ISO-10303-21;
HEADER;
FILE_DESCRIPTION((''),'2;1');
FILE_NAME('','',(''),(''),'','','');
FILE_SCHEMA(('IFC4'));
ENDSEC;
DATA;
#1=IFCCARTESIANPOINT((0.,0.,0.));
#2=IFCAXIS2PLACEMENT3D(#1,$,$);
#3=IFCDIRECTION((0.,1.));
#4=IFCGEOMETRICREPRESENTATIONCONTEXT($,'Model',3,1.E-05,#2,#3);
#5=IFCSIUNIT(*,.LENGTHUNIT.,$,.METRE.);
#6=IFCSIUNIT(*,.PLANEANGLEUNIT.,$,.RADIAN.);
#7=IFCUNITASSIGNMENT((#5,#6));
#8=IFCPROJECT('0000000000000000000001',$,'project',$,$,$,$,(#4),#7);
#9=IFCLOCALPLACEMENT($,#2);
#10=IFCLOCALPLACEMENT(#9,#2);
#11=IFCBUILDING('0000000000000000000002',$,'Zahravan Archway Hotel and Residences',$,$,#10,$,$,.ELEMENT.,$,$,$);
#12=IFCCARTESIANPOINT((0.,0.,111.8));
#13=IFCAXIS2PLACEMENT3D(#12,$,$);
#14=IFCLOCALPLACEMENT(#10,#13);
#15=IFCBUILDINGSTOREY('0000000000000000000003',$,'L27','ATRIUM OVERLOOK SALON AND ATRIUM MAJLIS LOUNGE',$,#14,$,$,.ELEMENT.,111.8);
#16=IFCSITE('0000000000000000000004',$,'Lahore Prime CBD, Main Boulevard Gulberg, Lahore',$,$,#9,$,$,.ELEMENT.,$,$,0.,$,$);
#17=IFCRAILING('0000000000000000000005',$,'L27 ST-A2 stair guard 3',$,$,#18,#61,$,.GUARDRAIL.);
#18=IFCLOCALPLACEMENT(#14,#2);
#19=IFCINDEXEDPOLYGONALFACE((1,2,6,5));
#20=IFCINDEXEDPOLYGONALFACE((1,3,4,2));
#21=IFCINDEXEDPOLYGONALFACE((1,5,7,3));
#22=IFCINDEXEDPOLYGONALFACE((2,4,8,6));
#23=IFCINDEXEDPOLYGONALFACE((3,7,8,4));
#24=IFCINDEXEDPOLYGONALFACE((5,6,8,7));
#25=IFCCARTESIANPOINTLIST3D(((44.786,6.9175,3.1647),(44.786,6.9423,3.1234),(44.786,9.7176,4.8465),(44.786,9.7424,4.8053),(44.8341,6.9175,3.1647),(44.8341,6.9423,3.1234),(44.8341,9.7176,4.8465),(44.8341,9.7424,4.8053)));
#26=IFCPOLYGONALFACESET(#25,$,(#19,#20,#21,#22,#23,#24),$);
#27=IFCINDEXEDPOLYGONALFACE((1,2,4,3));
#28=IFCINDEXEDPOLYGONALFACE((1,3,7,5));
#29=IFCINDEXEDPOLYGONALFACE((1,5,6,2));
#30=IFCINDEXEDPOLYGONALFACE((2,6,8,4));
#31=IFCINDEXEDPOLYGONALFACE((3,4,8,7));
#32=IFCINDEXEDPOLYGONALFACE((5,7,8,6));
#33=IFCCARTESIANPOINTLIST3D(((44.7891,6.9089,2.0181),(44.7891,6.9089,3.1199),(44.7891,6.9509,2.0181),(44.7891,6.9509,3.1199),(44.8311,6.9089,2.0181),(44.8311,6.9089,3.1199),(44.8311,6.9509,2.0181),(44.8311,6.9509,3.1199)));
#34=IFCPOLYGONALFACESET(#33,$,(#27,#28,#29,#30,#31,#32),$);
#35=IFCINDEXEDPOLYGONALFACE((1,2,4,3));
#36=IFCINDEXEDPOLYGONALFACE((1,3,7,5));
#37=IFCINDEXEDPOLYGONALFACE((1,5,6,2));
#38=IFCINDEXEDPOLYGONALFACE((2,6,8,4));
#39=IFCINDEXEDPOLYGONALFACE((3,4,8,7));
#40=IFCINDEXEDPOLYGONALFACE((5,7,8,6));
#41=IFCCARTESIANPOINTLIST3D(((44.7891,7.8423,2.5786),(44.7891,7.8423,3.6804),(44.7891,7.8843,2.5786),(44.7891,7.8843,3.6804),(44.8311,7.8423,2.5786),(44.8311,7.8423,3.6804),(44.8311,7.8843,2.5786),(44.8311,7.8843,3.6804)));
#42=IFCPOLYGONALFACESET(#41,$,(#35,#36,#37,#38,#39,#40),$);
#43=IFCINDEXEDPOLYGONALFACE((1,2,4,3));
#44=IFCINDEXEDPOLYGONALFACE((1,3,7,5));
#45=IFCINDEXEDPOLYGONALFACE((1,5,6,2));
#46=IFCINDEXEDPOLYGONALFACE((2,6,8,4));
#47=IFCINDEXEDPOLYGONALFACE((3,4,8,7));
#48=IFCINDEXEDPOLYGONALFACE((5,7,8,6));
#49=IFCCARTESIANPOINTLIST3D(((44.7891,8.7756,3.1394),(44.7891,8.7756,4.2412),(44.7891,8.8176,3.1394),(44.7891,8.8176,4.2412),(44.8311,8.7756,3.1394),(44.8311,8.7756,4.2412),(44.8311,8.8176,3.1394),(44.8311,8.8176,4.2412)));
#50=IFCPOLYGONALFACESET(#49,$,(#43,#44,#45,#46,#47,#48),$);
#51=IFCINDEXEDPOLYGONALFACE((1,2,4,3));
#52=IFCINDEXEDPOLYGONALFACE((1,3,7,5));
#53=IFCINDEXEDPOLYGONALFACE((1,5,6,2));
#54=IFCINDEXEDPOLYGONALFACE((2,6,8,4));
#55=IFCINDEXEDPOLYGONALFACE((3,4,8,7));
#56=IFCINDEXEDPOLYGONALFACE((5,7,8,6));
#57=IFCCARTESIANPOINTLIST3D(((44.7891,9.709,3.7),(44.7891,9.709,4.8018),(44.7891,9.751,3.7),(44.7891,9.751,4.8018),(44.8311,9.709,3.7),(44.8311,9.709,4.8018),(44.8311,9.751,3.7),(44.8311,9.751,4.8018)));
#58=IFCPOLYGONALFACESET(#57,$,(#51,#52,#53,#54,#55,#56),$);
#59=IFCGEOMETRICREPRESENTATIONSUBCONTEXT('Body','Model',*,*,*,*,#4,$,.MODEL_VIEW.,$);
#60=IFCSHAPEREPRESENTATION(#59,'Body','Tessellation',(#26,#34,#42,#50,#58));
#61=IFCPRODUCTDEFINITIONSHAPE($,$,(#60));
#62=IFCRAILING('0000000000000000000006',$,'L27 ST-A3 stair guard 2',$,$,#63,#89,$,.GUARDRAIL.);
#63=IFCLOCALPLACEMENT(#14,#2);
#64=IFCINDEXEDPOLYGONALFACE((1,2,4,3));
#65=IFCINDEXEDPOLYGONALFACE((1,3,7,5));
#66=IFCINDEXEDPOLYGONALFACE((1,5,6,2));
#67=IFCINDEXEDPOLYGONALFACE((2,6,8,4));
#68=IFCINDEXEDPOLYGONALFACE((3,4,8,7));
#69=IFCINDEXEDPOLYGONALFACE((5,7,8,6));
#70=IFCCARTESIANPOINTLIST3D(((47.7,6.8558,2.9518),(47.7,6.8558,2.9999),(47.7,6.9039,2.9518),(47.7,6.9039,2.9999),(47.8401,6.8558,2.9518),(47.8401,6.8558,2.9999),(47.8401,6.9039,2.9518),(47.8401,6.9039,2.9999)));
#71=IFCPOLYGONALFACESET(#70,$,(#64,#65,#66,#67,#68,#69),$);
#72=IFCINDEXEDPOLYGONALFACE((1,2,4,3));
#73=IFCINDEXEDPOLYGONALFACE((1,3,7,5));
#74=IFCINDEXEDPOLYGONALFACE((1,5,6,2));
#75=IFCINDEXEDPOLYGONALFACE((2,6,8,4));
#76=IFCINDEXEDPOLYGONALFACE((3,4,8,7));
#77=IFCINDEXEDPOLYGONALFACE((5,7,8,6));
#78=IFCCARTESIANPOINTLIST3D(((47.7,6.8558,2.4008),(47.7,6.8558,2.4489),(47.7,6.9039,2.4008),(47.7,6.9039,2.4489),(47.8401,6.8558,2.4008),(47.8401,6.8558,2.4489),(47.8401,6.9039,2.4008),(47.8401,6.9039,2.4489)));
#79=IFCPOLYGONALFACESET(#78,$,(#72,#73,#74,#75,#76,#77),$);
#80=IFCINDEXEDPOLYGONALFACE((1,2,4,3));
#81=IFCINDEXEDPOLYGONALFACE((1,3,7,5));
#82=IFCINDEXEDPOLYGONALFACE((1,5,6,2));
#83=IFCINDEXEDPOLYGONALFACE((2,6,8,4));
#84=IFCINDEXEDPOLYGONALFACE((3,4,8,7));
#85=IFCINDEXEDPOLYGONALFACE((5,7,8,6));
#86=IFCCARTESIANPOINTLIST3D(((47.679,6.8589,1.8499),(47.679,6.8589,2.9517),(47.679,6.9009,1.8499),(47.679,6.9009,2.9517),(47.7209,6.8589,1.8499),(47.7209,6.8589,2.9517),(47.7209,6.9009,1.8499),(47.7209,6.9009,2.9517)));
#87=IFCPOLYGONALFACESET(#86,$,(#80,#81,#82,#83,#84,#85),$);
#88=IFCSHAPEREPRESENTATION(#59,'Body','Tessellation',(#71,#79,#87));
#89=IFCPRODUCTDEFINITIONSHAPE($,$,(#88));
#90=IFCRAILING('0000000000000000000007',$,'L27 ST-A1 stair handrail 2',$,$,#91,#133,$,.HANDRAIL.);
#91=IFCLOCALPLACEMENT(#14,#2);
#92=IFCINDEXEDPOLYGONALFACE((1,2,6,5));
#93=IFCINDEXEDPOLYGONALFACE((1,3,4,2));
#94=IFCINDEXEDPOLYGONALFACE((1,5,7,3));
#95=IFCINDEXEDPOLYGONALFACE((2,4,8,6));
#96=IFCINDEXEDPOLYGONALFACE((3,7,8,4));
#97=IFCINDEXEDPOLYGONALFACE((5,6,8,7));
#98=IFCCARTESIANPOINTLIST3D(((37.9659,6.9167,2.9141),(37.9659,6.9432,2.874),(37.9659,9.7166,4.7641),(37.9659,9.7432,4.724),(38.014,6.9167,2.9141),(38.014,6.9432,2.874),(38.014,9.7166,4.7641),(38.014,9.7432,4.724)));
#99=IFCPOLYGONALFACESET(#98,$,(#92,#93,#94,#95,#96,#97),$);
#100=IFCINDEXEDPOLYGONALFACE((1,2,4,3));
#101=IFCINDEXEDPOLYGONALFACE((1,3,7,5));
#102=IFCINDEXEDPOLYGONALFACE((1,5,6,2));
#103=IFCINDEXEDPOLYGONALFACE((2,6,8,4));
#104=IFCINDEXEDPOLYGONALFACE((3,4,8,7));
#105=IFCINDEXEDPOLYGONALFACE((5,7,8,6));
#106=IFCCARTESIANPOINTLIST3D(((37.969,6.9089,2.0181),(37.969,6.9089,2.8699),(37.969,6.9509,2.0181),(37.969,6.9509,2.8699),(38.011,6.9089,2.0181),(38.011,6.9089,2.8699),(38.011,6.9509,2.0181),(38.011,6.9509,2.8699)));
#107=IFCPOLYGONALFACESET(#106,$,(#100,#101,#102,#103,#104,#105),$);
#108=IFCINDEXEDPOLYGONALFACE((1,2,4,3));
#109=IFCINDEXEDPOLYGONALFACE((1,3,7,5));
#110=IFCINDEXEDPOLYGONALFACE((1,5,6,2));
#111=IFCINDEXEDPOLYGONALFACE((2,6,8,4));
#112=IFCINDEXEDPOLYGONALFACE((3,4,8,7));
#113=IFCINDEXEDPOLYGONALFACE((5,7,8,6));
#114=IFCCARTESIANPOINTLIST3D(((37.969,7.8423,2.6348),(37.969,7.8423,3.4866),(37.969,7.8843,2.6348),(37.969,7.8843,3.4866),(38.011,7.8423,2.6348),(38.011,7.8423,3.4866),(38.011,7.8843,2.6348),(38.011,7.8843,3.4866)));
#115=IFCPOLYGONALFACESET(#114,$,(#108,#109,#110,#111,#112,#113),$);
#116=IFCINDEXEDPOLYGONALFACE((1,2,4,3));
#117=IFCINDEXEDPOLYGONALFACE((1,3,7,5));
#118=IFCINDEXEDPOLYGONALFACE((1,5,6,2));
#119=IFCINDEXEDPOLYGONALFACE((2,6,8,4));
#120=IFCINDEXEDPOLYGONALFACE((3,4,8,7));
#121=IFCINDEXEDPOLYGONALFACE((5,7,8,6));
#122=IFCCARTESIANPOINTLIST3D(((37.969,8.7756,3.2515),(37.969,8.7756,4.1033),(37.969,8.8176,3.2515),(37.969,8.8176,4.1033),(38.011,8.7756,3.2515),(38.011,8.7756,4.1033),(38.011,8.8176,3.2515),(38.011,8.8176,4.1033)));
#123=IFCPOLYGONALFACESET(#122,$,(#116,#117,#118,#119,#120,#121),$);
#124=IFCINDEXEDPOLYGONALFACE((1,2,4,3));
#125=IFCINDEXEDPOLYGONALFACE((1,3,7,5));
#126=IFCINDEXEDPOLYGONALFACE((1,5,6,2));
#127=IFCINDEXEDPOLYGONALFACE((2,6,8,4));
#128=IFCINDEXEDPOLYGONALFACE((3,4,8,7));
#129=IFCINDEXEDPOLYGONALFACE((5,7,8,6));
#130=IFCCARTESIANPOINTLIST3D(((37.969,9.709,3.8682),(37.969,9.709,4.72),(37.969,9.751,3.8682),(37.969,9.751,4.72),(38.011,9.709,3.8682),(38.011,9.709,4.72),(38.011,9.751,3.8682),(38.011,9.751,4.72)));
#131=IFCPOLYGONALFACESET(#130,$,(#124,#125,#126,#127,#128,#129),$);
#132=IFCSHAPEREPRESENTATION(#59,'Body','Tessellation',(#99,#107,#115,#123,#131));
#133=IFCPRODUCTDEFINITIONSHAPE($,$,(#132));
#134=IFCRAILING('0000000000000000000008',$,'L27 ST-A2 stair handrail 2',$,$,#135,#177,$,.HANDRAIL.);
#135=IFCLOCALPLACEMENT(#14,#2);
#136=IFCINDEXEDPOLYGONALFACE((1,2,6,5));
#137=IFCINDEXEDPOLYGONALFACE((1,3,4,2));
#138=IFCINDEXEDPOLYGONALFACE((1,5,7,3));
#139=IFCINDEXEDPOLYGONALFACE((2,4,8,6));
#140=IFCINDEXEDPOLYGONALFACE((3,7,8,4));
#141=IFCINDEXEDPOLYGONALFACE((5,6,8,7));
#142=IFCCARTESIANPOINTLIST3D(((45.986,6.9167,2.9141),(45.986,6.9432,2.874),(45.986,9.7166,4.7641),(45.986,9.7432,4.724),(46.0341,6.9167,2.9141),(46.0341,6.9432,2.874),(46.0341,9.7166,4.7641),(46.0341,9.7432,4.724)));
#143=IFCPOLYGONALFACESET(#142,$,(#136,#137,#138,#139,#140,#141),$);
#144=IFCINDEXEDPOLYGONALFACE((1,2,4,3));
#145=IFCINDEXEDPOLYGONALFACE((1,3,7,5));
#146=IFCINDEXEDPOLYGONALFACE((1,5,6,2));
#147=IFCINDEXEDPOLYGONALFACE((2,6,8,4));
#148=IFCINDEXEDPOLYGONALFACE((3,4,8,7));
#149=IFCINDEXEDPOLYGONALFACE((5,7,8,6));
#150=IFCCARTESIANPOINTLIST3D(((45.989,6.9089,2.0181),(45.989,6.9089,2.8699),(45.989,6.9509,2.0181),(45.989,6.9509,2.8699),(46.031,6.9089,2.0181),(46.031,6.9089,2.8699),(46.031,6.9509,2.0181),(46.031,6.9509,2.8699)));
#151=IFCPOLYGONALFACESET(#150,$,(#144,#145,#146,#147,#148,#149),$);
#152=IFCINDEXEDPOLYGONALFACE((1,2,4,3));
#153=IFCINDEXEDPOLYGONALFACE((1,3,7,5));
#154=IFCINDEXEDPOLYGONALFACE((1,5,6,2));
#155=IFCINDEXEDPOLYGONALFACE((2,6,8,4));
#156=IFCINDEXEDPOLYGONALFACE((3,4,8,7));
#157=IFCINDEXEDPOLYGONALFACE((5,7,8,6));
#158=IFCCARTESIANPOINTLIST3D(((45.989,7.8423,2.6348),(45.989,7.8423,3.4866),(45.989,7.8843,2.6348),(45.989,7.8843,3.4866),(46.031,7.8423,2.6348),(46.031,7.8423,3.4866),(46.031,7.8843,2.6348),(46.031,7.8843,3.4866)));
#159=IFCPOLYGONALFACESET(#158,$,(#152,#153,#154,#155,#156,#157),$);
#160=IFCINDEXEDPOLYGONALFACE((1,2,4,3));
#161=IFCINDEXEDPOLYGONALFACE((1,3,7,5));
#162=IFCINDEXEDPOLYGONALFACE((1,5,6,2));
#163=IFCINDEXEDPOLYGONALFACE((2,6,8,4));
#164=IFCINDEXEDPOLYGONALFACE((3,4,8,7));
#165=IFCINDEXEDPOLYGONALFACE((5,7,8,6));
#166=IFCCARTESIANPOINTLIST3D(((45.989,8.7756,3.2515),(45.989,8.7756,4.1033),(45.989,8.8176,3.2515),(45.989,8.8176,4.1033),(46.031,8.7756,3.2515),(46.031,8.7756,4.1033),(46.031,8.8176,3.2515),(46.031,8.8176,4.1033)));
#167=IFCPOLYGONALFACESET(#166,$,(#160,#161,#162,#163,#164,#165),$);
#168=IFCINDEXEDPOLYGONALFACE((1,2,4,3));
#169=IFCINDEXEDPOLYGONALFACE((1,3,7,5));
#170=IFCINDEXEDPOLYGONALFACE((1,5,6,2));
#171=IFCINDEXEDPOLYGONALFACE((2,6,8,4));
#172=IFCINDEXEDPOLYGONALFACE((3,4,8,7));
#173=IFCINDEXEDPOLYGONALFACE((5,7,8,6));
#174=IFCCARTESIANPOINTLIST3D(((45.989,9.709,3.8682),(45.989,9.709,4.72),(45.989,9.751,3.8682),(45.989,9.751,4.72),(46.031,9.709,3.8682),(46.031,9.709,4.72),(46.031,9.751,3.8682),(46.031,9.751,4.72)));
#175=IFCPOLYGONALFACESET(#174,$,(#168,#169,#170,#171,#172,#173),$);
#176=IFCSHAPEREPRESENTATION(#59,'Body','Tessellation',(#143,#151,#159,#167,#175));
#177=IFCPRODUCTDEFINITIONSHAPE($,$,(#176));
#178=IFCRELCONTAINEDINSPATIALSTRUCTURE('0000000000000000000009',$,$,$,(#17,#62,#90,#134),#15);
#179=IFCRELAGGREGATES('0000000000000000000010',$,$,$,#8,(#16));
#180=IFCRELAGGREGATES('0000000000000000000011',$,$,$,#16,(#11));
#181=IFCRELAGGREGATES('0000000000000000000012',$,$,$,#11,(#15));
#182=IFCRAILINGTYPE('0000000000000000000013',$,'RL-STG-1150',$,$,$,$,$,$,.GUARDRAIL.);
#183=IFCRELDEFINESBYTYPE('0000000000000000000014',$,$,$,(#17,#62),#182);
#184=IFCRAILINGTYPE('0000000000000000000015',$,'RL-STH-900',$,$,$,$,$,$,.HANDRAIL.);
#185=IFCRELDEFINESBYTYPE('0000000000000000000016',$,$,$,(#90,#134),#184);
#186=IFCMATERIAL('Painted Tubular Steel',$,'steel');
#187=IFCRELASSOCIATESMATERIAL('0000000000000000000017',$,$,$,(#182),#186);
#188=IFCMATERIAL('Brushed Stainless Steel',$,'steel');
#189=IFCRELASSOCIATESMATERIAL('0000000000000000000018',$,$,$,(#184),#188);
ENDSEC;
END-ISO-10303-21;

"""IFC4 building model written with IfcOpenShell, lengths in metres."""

from ifc_helpers import new_model, si_unit, direction, frame, origin, origin_2d, place, context, subcontext, project, spatial, rectangle, extrude, material, type_object, element, save


model = new_model("IFC4")

# Units and contexts
model_context = context("Model", 3, precision=1e-05, world=origin(), true_north=direction((0.0, 1.0)))
body_context = subcontext(model_context, "Body", "Model", "MODEL_VIEW")
ifc_project = project(units=[si_unit("LENGTHUNIT", "METRE"), si_unit("PLANEANGLEUNIT", "RADIAN")], contexts=[model_context])

# Site, building, storey
site_placement = place(None, origin())
site = spatial("IfcSite", under=ifc_project, at=site_placement, Name="Lahore Prime CBD, Main Boulevard Gulberg, Lahore", CompositionType="ELEMENT", RefElevation=0.0)
building_placement = place(site_placement, origin())
building = spatial("IfcBuilding", under=site, at=building_placement, Name="Zahravan Archway Hotel and Residences", CompositionType="ELEMENT")
storey_placement = place(building_placement, frame((0.0, 0.0, 111.8)))
storey = spatial("IfcBuildingStorey", under=building, at=storey_placement, Name="L27", Description="ATRIUM OVERLOOK SALON AND ATRIUM MAJLIS LOUNGE", CompositionType="ELEMENT", Elevation=111.8)

# Railings
ifc_material_1 = material(Name="Painted Tubular Steel", Category="steel")
railing_type_1 = type_object("IfcRailingType", Name="RL-STG-1150", PredefinedType="GUARDRAIL", material=ifc_material_1)
railing_1_placement = place(storey_placement, frame((44.8101, 6.9299, 2.0181)))
element("IfcRailing", 1, at=railing_1_placement, inside=storey, type_object=railing_type_1, Name="L27 ST-A2 stair guard 3", PredefinedType="GUARDRAIL", context=body_context, shape_type="SweptSolid", body=[
    extrude(rectangle(XDim=0.0481, YDim=0.0481, at=origin_2d()), frame((0.0, 0.0, 1.126), z_axis=(0.0, 0.857242, 0.514913), x_axis=(-1.0, 0.0, 0.0)), (0.0, 0.0, 1.0), 3.2664),
    extrude(rectangle(XDim=0.042, YDim=0.042, at=origin_2d()), origin(), (0.0, 0.0, 1.0), 1.1018),
    extrude(rectangle(XDim=0.042, YDim=0.042, at=origin_2d()), frame((0.0, 0.9333, 0.5605)), (0.0, 0.0, 1.0), 1.1018),
    extrude(rectangle(XDim=0.042, YDim=0.042, at=origin_2d()), frame((0.0, 1.8667, 1.1213)), (0.0, 0.0, 1.0), 1.1018),
    extrude(rectangle(XDim=0.042, YDim=0.042, at=origin_2d()), frame((0.0, 2.8, 1.6819)), (0.0, 0.0, 1.0), 1.1018),
])
railing_2_placement = place(storey_placement, frame((47.7, 6.8799, 1.8499)))
element("IfcRailing", 2, at=railing_2_placement, inside=storey, type_object=railing_type_1, Name="L27 ST-A3 stair guard 2", PredefinedType="GUARDRAIL", context=body_context, shape_type="SweptSolid", body=[
    extrude(rectangle(XDim=0.0481, YDim=0.0481, at=origin_2d()), frame((0.0, 0.0, 1.126), z_axis=(1.0, 0.0, 0.0), x_axis=(0.0, 1.0, 0.0)), (0.0, 0.0, 1.0), 0.1401),
    extrude(rectangle(XDim=0.0481, YDim=0.0481, at=origin_2d()), frame((0.0, 0.0, 0.575), z_axis=(1.0, 0.0, 0.0), x_axis=(0.0, 1.0, 0.0)), (0.0, 0.0, 1.0), 0.1401),
    extrude(rectangle(XDim=0.042, YDim=0.042, at=origin_2d()), origin(), (0.0, 0.0, 1.0), 1.1018),
])
ifc_material_2 = material(Name="Brushed Stainless Steel", Category="steel")
railing_type_2 = type_object("IfcRailingType", Name="RL-STH-900", PredefinedType="HANDRAIL", material=ifc_material_2)
for number, where, name in (
    (3, (37.99, 6.9299, 2.0181), "L27 ST-A1 stair handrail 2"),
    (4, (46.01, 6.9299, 2.0181), "L27 ST-A2 stair handrail 2"),
):
    element("IfcRailing", number, at=place(storey_placement, frame(where)), inside=storey, type_object=railing_type_2, Name=name, PredefinedType="HANDRAIL", context=body_context, shape_type="SweptSolid", body=[
        extrude(rectangle(XDim=0.0481, YDim=0.0481, at=origin_2d()), frame((0.0, 0.0, 0.876), z_axis=(0.0, 0.834326, 0.551271), x_axis=(-1.0, 0.0, 0.0)), (0.0, 0.0, 1.0), 3.356),
        extrude(rectangle(XDim=0.042, YDim=0.042, at=origin_2d()), origin(), (0.0, 0.0, 1.0), 0.8518),
        extrude(rectangle(XDim=0.042, YDim=0.042, at=origin_2d()), frame((0.0, 0.9333, 0.6167)), (0.0, 0.0, 1.0), 0.8518),
        extrude(rectangle(XDim=0.042, YDim=0.042, at=origin_2d()), frame((0.0, 1.8667, 1.2334)), (0.0, 0.0, 1.0), 0.8518),
        extrude(rectangle(XDim=0.042, YDim=0.042, at=origin_2d()), frame((0.0, 2.8, 1.8501)), (0.0, 0.0, 1.0), 0.8518),
    ])

save(model, "model.ifc")
